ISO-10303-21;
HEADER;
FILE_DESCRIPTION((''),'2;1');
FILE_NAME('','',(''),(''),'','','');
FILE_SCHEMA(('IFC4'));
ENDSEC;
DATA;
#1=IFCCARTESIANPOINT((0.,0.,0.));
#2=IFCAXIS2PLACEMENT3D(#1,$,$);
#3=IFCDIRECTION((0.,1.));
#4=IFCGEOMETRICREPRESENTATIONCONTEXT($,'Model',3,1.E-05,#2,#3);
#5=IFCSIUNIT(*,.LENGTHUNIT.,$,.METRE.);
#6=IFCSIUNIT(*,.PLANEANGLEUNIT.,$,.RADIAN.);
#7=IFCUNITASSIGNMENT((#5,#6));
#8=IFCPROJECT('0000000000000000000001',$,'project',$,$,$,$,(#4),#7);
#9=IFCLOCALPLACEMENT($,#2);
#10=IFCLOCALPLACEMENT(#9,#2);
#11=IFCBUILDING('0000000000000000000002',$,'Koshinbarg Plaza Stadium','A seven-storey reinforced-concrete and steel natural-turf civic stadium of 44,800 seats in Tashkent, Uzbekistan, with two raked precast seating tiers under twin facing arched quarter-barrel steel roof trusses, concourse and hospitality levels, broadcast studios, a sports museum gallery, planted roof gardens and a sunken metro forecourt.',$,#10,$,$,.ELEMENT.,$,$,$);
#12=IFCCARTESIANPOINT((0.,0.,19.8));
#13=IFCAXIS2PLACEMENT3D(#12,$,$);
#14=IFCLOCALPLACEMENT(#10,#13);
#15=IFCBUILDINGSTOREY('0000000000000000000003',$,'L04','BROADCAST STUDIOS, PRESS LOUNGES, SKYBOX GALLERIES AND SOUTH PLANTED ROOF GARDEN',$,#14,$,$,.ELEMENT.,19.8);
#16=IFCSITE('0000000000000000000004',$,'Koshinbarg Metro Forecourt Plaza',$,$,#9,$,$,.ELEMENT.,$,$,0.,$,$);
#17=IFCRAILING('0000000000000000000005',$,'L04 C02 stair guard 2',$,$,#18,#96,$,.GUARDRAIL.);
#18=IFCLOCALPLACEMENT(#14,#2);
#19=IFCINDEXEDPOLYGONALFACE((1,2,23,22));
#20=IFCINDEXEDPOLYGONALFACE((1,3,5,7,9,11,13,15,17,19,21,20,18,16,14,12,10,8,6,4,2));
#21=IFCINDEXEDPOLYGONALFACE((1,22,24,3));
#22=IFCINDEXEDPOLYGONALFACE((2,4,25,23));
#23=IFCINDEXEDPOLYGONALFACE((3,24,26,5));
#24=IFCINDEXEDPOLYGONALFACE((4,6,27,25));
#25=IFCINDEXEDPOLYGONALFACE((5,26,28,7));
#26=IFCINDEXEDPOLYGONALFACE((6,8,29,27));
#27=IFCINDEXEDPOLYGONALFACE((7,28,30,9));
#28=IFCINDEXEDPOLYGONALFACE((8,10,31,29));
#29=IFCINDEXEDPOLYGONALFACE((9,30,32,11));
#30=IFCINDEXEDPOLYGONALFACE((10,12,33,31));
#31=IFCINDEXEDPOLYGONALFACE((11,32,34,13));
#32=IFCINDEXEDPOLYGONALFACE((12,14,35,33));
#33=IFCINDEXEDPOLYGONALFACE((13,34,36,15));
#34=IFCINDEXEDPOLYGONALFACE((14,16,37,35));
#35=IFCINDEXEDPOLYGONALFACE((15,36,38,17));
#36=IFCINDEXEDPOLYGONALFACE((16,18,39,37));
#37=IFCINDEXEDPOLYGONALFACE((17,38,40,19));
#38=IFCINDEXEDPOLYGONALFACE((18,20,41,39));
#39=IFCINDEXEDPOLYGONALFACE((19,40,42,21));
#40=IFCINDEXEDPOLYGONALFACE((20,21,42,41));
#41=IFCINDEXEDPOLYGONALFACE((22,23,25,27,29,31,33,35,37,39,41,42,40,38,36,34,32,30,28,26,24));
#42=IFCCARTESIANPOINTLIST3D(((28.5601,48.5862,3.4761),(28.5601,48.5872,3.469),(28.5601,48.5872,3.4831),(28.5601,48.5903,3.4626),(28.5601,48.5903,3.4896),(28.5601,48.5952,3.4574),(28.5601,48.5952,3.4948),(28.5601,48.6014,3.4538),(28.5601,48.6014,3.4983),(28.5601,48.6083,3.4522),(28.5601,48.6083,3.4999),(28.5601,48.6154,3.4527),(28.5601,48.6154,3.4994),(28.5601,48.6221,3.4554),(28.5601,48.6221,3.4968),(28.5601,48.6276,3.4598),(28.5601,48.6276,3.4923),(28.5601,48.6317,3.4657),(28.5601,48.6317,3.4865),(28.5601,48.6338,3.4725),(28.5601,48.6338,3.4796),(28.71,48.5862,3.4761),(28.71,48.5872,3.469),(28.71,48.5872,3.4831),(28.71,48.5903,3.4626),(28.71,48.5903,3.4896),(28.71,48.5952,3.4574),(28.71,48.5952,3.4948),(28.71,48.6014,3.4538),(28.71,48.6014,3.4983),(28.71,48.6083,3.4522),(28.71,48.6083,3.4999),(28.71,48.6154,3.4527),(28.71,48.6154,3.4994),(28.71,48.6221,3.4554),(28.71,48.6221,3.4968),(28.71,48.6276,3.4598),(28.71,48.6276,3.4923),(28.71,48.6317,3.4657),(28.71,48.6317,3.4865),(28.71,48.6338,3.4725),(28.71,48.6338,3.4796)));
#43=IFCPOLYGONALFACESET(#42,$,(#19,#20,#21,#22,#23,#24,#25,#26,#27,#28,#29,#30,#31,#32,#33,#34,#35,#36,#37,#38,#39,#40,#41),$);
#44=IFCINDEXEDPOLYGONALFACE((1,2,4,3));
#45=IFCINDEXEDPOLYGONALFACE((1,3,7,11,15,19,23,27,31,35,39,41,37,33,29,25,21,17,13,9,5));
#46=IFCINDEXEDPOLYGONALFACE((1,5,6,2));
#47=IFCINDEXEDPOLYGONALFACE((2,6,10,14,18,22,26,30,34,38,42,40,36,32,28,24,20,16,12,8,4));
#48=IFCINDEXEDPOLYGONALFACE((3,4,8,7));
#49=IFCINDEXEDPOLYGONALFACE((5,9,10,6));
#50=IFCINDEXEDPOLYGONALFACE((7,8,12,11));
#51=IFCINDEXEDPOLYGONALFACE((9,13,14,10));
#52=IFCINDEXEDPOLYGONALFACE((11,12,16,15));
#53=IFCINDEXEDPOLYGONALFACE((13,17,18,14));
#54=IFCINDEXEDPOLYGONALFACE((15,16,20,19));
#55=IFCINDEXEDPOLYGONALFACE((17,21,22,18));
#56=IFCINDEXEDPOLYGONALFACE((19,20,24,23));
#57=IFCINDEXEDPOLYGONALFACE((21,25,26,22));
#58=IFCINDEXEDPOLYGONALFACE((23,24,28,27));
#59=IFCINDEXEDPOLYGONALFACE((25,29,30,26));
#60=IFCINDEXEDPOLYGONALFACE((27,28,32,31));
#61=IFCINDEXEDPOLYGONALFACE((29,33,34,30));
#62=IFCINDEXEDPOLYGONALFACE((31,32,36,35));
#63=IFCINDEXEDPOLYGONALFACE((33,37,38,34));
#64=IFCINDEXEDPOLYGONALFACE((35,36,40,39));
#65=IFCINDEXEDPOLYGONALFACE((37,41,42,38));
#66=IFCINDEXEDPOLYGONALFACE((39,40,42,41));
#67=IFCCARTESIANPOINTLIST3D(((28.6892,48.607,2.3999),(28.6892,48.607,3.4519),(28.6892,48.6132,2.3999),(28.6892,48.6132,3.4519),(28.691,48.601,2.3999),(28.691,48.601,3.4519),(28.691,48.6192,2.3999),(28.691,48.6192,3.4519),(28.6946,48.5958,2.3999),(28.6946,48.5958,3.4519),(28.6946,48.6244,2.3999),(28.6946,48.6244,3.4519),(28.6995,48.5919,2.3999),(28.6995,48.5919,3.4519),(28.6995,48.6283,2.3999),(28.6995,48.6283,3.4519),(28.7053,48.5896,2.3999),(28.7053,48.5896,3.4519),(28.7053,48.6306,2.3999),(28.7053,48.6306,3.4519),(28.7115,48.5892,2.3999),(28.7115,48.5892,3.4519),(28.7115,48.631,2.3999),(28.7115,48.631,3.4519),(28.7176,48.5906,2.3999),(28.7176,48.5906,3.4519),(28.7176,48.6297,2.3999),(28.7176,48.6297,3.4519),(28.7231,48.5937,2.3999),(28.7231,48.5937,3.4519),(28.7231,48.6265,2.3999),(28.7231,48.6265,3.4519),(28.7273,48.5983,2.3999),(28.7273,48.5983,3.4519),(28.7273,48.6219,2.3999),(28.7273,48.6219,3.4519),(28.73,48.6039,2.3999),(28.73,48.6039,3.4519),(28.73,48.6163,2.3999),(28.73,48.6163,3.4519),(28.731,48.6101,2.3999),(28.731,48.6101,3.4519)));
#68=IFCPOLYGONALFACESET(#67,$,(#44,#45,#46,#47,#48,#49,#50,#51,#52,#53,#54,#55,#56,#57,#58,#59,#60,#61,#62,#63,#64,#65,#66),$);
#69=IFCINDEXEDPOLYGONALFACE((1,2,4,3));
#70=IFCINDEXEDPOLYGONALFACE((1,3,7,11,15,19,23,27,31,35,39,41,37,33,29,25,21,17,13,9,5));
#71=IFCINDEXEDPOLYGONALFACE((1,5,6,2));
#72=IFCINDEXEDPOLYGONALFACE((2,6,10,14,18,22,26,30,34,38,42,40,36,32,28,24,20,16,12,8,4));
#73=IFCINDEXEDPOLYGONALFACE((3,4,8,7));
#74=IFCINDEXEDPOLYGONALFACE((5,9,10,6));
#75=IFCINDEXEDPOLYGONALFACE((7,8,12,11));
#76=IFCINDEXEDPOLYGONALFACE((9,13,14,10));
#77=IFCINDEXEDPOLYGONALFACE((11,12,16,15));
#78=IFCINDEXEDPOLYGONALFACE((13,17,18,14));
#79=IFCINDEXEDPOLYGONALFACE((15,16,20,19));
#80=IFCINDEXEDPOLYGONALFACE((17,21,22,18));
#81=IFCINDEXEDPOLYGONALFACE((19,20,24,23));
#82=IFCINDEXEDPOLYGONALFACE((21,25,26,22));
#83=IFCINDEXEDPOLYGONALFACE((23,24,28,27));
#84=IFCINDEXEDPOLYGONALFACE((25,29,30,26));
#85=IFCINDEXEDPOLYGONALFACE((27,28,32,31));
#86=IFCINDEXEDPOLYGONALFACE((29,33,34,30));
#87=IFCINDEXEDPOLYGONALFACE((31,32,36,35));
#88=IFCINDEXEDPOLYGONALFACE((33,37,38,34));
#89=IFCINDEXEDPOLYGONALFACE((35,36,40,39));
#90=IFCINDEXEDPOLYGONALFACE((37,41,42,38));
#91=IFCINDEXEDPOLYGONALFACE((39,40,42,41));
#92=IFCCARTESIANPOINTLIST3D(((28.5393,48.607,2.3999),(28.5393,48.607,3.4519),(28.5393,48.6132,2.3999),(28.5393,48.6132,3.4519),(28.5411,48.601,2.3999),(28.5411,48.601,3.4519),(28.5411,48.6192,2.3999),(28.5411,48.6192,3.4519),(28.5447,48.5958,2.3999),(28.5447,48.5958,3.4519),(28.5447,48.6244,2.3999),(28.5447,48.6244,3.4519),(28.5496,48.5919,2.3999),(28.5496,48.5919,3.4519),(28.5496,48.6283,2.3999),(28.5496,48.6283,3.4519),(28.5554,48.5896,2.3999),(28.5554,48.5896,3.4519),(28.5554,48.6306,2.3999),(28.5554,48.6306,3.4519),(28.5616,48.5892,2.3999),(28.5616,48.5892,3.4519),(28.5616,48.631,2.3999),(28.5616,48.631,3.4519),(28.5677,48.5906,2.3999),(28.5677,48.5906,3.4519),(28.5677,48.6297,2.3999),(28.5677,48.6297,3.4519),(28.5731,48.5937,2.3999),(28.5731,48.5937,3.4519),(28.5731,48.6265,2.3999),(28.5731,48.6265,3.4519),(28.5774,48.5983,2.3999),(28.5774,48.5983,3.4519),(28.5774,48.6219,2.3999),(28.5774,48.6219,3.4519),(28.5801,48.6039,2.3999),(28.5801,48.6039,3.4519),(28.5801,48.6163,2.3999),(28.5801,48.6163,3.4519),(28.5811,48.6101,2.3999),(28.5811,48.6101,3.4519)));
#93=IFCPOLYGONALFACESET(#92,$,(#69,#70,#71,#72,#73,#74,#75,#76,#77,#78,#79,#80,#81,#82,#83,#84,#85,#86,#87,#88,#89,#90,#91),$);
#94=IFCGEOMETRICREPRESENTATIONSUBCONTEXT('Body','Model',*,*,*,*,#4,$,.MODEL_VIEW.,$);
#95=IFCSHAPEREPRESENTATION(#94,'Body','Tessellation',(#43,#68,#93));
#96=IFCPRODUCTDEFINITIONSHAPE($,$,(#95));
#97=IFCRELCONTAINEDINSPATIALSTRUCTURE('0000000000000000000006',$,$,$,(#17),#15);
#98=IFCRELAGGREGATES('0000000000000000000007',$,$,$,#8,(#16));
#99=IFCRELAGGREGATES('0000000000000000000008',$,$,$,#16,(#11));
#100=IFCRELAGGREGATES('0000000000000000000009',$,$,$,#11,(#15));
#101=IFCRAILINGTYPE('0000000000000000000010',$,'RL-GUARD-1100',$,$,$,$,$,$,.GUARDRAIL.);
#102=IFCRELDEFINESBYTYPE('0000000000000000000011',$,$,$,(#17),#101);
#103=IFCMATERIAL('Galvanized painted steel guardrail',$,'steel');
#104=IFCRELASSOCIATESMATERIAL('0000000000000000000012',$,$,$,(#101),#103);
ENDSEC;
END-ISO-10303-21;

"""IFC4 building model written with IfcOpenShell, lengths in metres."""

from ifc_helpers import new_model, si_unit, direction, frame, origin, origin_2d, place, context, subcontext, project, spatial, circle, extrude, material, type_object, element, save


model = new_model("IFC4")

# Units and contexts
model_context = context("Model", 3, precision=1e-05, world=origin(), true_north=direction((0.0, 1.0)))
body_context = subcontext(model_context, "Body", "Model", "MODEL_VIEW")
ifc_project = project(units=[si_unit("LENGTHUNIT", "METRE"), si_unit("PLANEANGLEUNIT", "RADIAN")], contexts=[model_context])

# Site, building, storey
site_placement = place(None, origin())
site = spatial("IfcSite", under=ifc_project, at=site_placement, Name="Koshinbarg Metro Forecourt Plaza", CompositionType="ELEMENT", RefElevation=0.0)
building_placement = place(site_placement, origin())
building = spatial("IfcBuilding", under=site, at=building_placement, Name="Koshinbarg Plaza Stadium", Description="A seven-storey reinforced-concrete and steel natural-turf civic stadium of 44,800 seats in Tashkent, Uzbekistan, with two raked precast seating tiers under twin facing arched quarter-barrel steel roof trusses, concourse and hospitality levels, broadcast studios, a sports museum gallery, planted roof gardens and a sunken metro forecourt.", CompositionType="ELEMENT")
storey_placement = place(building_placement, frame((0.0, 0.0, 19.8)))
storey = spatial("IfcBuildingStorey", under=building, at=storey_placement, Name="L04", Description="BROADCAST STUDIOS, PRESS LOUNGES, SKYBOX GALLERIES AND SOUTH PLANTED ROOF GARDEN", CompositionType="ELEMENT", Elevation=19.8)

# Railing
ifc_material_1 = material(Name="Galvanized painted steel guardrail", Category="steel")
railing_type_1 = type_object("IfcRailingType", Name="RL-GUARD-1100", PredefinedType="GUARDRAIL", material=ifc_material_1)
railing_1_placement = place(storey_placement, frame((28.71, 48.6101, 2.3999)))
element("IfcRailing", 1, at=railing_1_placement, inside=storey, type_object=railing_type_1, Name="L04 C02 stair guard 2", PredefinedType="GUARDRAIL", context=body_context, shape_type="SweptSolid", body=[
    extrude(circle(Radius=0.0239, at=origin_2d()), frame((0.0, 0.0, 1.0762), z_axis=(-1.0, 0.0, 0.0), x_axis=(0.0, -1.0, 0.0)), (0.0, 0.0, 1.0), 0.1499),
    extrude(circle(Radius=0.021, at=origin_2d()), origin(), (0.0, 0.0, 1.0), 1.052),
    extrude(circle(Radius=0.021, at=origin_2d()), frame((-0.1499, 0.0, 0.0)), (0.0, 0.0, 1.0), 1.052),
])

save(model, "model.ifc")
